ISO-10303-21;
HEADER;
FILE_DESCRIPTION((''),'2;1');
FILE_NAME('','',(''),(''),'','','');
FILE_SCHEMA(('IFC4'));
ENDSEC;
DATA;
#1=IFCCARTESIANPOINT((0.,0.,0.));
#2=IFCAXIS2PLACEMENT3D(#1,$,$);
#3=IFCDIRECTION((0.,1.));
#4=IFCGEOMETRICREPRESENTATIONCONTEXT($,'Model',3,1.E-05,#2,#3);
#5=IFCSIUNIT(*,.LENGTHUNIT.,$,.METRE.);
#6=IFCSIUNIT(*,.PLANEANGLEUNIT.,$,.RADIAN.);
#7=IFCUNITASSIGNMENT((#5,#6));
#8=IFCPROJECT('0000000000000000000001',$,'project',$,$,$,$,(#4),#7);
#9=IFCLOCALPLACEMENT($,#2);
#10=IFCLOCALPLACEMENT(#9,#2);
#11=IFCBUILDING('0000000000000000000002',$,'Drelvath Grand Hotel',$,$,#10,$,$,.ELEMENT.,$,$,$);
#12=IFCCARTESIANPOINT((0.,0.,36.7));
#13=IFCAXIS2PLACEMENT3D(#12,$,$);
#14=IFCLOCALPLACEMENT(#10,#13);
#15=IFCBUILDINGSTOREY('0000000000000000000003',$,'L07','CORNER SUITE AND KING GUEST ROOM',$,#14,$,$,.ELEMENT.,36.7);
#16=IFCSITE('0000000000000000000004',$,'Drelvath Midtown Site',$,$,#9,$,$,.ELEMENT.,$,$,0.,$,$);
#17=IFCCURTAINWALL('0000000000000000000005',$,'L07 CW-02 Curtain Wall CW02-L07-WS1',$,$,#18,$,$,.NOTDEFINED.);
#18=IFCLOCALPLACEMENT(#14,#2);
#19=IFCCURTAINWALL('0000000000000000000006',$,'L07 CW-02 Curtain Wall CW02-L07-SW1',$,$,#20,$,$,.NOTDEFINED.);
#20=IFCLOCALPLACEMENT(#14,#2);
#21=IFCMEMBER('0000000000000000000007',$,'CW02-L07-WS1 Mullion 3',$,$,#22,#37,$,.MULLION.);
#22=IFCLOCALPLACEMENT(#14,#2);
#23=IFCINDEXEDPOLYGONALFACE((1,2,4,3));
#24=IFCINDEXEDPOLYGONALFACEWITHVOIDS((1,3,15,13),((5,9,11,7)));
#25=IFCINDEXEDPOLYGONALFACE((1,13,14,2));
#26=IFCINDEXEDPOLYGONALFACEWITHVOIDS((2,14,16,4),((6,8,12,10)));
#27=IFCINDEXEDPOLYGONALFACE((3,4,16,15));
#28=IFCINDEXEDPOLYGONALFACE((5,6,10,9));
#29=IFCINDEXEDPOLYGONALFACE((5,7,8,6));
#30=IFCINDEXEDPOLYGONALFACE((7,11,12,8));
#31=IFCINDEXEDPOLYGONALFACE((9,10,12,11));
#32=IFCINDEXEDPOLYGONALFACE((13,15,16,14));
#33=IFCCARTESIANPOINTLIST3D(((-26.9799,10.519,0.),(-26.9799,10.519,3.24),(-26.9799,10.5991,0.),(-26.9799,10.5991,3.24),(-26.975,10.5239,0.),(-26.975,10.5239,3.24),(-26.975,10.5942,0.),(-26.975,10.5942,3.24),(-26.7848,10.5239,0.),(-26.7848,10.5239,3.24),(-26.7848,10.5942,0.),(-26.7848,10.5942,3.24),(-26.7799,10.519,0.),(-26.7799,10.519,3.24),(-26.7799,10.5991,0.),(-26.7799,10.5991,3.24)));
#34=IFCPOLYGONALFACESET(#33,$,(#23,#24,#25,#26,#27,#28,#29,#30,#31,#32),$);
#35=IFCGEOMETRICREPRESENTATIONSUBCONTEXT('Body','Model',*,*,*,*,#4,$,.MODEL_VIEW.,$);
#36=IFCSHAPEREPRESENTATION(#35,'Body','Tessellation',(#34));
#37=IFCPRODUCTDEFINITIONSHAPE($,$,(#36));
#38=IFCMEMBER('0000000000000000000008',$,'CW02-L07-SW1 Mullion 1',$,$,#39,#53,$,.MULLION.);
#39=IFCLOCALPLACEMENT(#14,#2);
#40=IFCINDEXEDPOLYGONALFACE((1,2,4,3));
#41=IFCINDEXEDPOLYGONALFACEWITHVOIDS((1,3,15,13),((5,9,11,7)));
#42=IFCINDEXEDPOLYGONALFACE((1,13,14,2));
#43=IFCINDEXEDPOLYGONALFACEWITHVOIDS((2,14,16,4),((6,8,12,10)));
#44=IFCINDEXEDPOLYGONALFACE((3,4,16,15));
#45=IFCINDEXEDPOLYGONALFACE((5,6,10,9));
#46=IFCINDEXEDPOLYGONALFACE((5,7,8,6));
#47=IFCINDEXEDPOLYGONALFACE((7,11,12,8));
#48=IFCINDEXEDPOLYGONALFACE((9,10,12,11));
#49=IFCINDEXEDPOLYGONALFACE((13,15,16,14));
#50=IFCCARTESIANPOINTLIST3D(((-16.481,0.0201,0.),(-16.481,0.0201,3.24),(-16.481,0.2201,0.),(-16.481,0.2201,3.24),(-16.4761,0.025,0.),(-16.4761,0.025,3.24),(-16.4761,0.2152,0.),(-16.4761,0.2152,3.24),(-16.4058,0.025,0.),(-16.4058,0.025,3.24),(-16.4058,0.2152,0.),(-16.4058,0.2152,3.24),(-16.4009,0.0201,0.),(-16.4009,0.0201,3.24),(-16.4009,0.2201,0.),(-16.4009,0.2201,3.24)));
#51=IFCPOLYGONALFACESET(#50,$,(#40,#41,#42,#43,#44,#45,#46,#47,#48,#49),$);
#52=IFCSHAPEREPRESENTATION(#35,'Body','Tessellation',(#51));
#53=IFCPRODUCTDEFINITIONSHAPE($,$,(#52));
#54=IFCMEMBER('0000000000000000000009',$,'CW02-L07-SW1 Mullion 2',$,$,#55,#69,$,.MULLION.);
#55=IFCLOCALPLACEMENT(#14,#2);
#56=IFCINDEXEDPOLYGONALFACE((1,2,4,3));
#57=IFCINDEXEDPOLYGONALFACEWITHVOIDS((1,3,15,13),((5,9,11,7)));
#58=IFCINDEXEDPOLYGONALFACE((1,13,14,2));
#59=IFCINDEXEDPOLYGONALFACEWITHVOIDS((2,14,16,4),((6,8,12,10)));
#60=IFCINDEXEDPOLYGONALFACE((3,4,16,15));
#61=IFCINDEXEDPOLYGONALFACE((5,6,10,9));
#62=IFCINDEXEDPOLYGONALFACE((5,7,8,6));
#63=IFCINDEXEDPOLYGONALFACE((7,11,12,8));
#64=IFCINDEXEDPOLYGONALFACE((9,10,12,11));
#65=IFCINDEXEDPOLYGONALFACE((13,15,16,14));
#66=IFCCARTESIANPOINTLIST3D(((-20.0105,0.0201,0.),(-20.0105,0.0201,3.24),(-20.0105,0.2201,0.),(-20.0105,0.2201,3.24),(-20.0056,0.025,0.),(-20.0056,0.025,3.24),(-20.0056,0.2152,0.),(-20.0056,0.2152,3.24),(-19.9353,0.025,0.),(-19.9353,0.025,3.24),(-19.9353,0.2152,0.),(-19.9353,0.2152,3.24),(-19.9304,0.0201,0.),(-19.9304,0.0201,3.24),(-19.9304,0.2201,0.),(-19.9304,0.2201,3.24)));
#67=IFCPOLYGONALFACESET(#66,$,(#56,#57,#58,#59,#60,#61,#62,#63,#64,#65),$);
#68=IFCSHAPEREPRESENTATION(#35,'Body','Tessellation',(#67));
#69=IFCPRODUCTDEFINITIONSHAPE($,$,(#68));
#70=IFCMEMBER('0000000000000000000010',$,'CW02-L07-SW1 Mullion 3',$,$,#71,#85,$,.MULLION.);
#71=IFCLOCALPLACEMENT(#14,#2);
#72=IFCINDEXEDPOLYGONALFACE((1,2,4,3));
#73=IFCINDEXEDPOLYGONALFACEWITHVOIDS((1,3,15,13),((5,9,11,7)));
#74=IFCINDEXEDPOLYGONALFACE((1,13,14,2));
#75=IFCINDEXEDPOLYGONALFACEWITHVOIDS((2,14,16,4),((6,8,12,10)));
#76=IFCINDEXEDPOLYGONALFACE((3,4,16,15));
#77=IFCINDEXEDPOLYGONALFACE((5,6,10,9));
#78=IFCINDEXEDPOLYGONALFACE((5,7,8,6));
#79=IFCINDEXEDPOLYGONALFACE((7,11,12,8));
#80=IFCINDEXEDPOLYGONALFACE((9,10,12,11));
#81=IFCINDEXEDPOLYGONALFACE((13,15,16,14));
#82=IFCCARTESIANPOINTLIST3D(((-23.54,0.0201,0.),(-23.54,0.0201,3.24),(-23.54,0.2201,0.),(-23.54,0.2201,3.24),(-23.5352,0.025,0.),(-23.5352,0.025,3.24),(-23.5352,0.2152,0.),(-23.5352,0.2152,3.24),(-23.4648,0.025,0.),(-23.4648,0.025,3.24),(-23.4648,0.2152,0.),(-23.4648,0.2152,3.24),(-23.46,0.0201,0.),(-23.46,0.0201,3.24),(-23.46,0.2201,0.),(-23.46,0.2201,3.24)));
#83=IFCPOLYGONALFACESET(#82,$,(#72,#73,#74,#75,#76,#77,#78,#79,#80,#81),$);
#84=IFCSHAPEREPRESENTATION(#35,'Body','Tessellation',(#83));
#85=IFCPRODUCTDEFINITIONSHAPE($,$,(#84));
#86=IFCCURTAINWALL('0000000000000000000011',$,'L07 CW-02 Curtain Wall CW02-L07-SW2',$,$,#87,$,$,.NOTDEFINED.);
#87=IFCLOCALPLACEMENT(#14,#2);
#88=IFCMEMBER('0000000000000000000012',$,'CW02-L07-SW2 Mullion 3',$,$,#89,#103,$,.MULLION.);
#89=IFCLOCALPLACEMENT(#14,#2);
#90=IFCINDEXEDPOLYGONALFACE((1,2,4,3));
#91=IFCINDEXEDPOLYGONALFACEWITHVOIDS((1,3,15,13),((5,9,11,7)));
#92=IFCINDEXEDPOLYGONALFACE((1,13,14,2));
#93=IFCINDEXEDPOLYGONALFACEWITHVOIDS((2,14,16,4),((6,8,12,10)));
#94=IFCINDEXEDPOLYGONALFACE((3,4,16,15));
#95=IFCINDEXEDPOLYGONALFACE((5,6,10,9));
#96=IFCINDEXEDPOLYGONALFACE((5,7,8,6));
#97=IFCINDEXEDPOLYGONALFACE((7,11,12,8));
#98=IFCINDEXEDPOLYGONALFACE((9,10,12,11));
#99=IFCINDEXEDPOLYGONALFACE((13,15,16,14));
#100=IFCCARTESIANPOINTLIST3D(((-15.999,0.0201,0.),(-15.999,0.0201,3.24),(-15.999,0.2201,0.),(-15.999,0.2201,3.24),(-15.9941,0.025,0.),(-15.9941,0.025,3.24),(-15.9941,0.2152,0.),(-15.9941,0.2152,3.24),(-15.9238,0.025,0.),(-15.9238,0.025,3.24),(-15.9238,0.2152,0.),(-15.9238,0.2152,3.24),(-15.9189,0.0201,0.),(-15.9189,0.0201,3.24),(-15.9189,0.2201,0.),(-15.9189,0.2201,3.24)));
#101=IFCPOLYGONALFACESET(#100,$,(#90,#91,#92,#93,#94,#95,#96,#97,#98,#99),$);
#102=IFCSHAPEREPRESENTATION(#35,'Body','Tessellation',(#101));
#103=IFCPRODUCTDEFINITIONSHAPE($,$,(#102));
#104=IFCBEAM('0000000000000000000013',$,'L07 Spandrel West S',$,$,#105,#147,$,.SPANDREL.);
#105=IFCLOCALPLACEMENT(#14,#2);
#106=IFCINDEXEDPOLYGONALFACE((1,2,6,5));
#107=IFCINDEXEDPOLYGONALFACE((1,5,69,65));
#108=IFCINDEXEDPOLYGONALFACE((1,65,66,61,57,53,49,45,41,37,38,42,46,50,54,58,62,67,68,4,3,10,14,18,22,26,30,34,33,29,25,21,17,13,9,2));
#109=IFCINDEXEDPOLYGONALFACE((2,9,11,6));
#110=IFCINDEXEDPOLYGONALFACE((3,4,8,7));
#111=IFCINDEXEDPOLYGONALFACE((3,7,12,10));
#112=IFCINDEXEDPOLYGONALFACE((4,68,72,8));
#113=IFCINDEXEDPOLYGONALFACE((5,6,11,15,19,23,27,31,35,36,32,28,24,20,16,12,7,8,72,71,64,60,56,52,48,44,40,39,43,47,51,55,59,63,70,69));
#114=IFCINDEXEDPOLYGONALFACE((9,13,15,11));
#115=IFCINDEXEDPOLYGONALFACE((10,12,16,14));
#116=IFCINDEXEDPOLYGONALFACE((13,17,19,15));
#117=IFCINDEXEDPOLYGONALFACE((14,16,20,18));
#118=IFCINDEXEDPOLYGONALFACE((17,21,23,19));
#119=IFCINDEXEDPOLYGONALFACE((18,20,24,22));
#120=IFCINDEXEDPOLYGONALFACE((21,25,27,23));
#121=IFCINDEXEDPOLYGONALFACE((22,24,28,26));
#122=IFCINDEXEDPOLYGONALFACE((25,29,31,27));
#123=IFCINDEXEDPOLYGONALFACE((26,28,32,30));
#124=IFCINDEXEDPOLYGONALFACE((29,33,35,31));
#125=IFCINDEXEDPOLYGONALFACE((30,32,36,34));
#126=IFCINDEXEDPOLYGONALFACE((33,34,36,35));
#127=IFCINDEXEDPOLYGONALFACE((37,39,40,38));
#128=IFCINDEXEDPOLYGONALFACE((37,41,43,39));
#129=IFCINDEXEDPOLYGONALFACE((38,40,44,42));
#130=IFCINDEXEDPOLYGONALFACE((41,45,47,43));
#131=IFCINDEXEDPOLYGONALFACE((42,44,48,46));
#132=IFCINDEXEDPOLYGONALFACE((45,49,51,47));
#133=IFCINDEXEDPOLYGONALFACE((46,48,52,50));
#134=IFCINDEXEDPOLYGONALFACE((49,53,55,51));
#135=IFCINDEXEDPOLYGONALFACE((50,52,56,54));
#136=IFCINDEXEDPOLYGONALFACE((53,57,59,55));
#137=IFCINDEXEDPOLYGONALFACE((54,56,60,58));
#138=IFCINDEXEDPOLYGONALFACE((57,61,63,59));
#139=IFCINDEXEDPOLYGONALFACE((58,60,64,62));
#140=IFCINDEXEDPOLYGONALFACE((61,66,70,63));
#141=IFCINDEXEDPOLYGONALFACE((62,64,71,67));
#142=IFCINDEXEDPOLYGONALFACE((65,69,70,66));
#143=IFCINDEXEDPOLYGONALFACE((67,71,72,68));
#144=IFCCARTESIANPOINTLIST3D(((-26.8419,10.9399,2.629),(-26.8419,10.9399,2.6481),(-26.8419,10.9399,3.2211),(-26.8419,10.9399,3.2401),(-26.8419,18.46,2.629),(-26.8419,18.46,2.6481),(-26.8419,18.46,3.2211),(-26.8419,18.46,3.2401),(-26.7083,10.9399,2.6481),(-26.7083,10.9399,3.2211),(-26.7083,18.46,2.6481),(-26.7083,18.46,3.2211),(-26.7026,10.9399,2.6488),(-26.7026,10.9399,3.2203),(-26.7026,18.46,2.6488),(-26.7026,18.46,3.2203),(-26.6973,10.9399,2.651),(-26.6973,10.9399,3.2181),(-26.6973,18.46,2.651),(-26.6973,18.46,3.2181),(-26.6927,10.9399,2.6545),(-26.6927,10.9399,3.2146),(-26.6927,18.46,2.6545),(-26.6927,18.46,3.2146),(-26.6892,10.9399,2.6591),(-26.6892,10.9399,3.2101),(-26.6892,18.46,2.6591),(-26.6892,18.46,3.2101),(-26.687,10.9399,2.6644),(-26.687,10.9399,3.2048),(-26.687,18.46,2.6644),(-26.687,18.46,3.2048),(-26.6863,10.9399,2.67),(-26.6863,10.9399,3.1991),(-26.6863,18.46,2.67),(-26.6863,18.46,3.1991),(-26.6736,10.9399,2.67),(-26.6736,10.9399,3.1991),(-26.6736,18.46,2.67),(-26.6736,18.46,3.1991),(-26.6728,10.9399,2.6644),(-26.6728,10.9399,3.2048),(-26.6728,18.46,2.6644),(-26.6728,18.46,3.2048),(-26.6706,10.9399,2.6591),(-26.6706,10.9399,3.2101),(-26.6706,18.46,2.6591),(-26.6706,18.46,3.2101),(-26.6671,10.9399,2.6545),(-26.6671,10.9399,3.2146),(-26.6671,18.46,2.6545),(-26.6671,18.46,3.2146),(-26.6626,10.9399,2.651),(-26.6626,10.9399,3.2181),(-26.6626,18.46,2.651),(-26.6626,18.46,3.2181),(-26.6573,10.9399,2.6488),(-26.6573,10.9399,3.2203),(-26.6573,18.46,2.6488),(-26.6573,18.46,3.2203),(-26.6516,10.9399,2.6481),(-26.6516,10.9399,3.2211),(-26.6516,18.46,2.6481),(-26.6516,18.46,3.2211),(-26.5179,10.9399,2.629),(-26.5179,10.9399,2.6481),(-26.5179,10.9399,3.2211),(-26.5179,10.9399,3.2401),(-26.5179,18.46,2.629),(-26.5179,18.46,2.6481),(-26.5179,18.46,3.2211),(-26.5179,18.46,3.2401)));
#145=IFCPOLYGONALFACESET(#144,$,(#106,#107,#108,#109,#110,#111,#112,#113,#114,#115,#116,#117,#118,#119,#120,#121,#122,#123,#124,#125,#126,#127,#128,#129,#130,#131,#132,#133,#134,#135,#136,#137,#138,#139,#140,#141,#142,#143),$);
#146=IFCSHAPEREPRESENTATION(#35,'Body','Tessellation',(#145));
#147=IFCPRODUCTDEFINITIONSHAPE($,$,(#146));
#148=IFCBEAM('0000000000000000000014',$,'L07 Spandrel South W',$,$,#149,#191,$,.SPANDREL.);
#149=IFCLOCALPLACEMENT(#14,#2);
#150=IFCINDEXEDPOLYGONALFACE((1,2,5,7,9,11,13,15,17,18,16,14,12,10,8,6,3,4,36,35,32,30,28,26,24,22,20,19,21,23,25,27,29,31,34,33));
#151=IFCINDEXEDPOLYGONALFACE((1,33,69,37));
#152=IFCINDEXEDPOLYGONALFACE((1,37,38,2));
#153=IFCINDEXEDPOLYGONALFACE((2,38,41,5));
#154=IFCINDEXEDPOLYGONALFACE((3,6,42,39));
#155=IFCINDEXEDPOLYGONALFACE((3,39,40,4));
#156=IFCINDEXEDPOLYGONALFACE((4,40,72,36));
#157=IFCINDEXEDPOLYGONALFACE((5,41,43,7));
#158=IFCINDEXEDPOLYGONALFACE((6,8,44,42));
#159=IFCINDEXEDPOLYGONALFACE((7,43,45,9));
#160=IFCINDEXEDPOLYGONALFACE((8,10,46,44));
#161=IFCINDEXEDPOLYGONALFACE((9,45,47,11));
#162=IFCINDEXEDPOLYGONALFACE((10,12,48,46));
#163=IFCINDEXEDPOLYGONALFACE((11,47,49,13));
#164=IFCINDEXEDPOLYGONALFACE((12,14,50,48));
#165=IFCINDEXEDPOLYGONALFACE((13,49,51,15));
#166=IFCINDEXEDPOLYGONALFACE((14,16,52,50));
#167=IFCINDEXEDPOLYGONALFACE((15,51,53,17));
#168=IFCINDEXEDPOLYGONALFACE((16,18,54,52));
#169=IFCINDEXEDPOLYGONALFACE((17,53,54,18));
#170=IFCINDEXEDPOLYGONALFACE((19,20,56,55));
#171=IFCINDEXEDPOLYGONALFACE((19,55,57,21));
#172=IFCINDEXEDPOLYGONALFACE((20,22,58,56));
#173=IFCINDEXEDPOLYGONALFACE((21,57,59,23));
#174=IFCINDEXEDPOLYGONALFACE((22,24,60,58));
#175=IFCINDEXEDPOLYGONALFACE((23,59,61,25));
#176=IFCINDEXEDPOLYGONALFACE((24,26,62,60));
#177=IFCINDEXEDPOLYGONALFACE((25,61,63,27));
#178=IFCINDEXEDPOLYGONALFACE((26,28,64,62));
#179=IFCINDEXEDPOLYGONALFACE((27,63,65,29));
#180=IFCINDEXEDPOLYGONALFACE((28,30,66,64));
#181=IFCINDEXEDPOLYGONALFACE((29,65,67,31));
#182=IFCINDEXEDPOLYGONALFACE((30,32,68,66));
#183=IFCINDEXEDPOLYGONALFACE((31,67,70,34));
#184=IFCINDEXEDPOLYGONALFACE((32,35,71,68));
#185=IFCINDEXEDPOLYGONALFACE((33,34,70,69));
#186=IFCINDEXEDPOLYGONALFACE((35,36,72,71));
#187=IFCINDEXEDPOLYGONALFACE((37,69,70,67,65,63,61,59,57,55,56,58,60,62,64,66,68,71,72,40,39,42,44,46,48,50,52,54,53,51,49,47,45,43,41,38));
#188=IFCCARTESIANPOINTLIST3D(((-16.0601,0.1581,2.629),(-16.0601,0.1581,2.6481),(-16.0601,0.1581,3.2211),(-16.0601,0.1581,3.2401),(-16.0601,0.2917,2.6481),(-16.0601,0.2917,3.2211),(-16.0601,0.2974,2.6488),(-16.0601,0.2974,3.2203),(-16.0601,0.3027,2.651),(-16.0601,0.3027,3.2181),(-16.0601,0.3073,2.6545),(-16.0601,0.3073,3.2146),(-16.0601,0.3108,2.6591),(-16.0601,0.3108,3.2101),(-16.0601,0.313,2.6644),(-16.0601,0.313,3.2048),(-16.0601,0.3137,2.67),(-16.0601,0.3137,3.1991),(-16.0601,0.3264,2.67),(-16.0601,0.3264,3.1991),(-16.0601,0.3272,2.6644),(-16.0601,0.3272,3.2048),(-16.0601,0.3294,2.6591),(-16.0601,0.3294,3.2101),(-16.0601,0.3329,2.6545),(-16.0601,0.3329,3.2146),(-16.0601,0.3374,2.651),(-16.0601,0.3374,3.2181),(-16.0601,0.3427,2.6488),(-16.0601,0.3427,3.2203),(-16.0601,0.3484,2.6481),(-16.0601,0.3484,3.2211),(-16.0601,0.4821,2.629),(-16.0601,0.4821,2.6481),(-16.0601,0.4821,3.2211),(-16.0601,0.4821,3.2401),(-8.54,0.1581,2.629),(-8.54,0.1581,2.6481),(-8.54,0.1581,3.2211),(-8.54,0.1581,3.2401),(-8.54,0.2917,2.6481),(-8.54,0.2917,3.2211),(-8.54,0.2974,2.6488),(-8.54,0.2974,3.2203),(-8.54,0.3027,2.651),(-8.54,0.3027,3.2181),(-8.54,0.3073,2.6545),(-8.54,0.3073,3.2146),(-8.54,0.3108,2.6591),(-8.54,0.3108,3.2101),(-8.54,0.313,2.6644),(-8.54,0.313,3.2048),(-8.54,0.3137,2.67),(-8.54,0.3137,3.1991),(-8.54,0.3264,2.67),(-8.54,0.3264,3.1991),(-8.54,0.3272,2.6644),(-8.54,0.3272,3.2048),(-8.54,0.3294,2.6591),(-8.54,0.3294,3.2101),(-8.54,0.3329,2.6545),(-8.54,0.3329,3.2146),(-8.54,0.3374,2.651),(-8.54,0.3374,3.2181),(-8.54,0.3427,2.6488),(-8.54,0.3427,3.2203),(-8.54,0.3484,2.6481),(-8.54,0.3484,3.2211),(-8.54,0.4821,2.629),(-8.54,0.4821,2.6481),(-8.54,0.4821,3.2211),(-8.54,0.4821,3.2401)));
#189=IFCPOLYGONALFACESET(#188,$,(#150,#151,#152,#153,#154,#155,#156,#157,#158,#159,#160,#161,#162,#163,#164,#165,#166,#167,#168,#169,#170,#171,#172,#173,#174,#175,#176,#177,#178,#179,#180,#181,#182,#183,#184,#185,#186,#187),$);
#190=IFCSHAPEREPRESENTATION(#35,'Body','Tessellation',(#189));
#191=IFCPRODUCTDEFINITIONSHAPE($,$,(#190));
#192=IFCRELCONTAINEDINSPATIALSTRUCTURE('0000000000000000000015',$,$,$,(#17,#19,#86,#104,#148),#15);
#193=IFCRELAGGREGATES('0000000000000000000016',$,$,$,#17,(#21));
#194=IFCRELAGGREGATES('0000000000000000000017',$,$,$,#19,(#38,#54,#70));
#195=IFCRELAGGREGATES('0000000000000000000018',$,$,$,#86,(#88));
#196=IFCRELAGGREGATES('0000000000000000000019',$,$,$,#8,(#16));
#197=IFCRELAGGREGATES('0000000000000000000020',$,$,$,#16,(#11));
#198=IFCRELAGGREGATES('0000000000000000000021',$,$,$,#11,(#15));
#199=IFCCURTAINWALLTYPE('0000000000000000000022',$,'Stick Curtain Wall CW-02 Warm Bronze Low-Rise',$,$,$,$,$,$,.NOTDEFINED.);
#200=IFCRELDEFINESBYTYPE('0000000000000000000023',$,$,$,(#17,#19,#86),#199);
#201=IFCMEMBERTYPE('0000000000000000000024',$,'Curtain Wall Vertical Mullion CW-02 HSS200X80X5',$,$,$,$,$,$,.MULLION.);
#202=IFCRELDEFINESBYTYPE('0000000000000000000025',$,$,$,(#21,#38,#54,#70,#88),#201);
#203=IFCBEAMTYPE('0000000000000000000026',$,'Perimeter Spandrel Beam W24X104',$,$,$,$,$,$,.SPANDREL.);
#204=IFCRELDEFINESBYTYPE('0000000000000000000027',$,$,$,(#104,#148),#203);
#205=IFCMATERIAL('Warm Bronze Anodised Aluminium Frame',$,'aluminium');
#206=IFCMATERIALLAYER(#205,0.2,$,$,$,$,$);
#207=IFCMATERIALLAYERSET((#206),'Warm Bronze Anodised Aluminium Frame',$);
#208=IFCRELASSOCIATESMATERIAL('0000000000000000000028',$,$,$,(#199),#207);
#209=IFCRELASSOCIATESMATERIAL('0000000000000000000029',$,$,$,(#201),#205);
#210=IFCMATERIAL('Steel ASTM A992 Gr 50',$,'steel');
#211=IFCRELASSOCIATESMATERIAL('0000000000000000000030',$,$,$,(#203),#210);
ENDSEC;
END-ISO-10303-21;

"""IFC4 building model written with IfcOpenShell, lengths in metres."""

from ifc_helpers import new_model, si_unit, direction, frame, origin, origin_2d, place, context, subcontext, project, spatial, hollow_rectangle, i_section, extrude, material, layer, layer_set, material_profile, profile_set, type_object, element, aggregate, save


model = new_model("IFC4")

# Units and contexts
model_context = context("Model", 3, precision=1e-05, world=origin(), true_north=direction((0.0, 1.0)))
body_context = subcontext(model_context, "Body", "Model", "MODEL_VIEW")
ifc_project = project(units=[si_unit("LENGTHUNIT", "METRE"), si_unit("PLANEANGLEUNIT", "RADIAN")], contexts=[model_context])

# Site, building, storey
site_placement = place(None, origin())
site = spatial("IfcSite", under=ifc_project, at=site_placement, Name="Drelvath Midtown Site", CompositionType="ELEMENT", RefElevation=0.0)
building_placement = place(site_placement, origin())
building = spatial("IfcBuilding", under=site, at=building_placement, Name="Drelvath Grand Hotel", CompositionType="ELEMENT")
storey_placement = place(building_placement, frame((0.0, 0.0, 36.7)))
storey = spatial("IfcBuildingStorey", under=building, at=storey_placement, Name="L07", Description="CORNER SUITE AND KING GUEST ROOM", CompositionType="ELEMENT", Elevation=36.7)

# Curtain walls
ifc_material_1 = material(Name="Warm Bronze Anodised Aluminium Frame", Category="aluminium")
ifc_layer_1 = layer(ifc_material_1, 0.2)
ifc_layer_set_1 = layer_set([ifc_layer_1], Name="Warm Bronze Anodised Aluminium Frame")
curtain_wall_type = type_object("IfcCurtainWallType", Name="Stick Curtain Wall CW-02 Warm Bronze Low-Rise", PredefinedType="NOTDEFINED", material=ifc_layer_set_1)
curtain_wall_1_placement = place(storey_placement, origin())
curtain_wall_1 = element("IfcCurtainWall", 1, at=curtain_wall_1_placement, inside=storey, type_object=curtain_wall_type, Name="L07 CW-02 Curtain Wall CW02-L07-WS1", PredefinedType="NOTDEFINED")
curtain_wall_2_placement = place(storey_placement, origin())
curtain_wall_2 = element("IfcCurtainWall", 2, at=curtain_wall_2_placement, inside=storey, type_object=curtain_wall_type, Name="L07 CW-02 Curtain Wall CW02-L07-SW1", PredefinedType="NOTDEFINED")

# Members
ifc_material_profile_1 = material_profile(ifc_material_1, hollow_rectangle(XDim=0.0801, YDim=0.2, WallThickness=0.0049, at=origin_2d()), Name="HSS200X80X5")
ifc_profile_set_1 = profile_set([ifc_material_profile_1], Name="Warm Bronze Anodised Aluminium Frame")
member_type_1 = type_object("IfcMemberType", Name="Curtain Wall Vertical Mullion CW-02 HSS200X80X5", PredefinedType="MULLION", material=ifc_profile_set_1)
member_1_placement = place(storey_placement, frame((-26.8799, 10.5591, 0.0), z_axis=(0.0, 0.0, 1.0), x_axis=(0.0, 1.0, 0.0)))
member_1 = element("IfcMember", 3, at=member_1_placement, type_object=member_type_1, Name="CW02-L07-WS1 Mullion 3", PredefinedType="MULLION", context=body_context, shape_type="SweptSolid", body=[
    extrude(hollow_rectangle(XDim=0.0801, YDim=0.2, WallThickness=0.0049, at=origin_2d()), origin(), (0.0, 0.0, 1.0), 3.24),
])
member_2_placement = place(storey_placement, frame((-16.4409, 0.1201, 0.0), z_axis=(0.0, 0.0, 1.0), x_axis=(1.0, 0.0, 0.0)))
member_2 = element("IfcMember", 4, at=member_2_placement, type_object=member_type_1, Name="CW02-L07-SW1 Mullion 1", PredefinedType="MULLION", context=body_context, shape_type="SweptSolid", body=[
    extrude(hollow_rectangle(XDim=0.0801, YDim=0.2, WallThickness=0.0049, at=origin_2d()), origin(), (0.0, 0.0, 1.0), 3.24),
])
member_3_placement = place(storey_placement, frame((-19.9705, 0.1201, 0.0), z_axis=(0.0, 0.0, 1.0), x_axis=(1.0, 0.0, 0.0)))
member_3 = element("IfcMember", 5, at=member_3_placement, type_object=member_type_1, Name="CW02-L07-SW1 Mullion 2", PredefinedType="MULLION", context=body_context, shape_type="SweptSolid", body=[
    extrude(hollow_rectangle(XDim=0.0801, YDim=0.2, WallThickness=0.0049, at=origin_2d()), origin(), (0.0, 0.0, 1.0), 3.24),
])
member_4_placement = place(storey_placement, frame((-23.5, 0.1201, 0.0), z_axis=(0.0, 0.0, 1.0), x_axis=(1.0, 0.0, 0.0)))
member_4 = element("IfcMember", 6, at=member_4_placement, type_object=member_type_1, Name="CW02-L07-SW1 Mullion 3", PredefinedType="MULLION", context=body_context, shape_type="SweptSolid", body=[
    extrude(hollow_rectangle(XDim=0.0801, YDim=0.2, WallThickness=0.0049, at=origin_2d()), origin(), (0.0, 0.0, 1.0), 3.24),
])

# Curtain wall, member
curtain_wall_3_placement = place(storey_placement, origin())
curtain_wall_3 = element("IfcCurtainWall", 7, at=curtain_wall_3_placement, inside=storey, type_object=curtain_wall_type, Name="L07 CW-02 Curtain Wall CW02-L07-SW2", PredefinedType="NOTDEFINED")
member_5_placement = place(storey_placement, frame((-15.959, 0.1201, 0.0), z_axis=(0.0, 0.0, 1.0), x_axis=(1.0, 0.0, 0.0)))
member_5 = element("IfcMember", 8, at=member_5_placement, type_object=member_type_1, Name="CW02-L07-SW2 Mullion 3", PredefinedType="MULLION", context=body_context, shape_type="SweptSolid", body=[
    extrude(hollow_rectangle(XDim=0.0801, YDim=0.2, WallThickness=0.0049, at=origin_2d()), origin(), (0.0, 0.0, 1.0), 3.24),
])

# Beams
ifc_material_2 = material(Name="Steel ASTM A992 Gr 50", Category="steel")
ifc_material_profile_2 = material_profile(ifc_material_2, i_section(OverallWidth=0.324, OverallDepth=0.6111, WebThickness=0.0127, FlangeThickness=0.019, FilletRadius=0.022, at=origin_2d()), Name="W24X104")
ifc_profile_set_2 = profile_set([ifc_material_profile_2], Name="Steel ASTM A992 Gr 50")
beam_type_1 = type_object("IfcBeamType", Name="Perimeter Spandrel Beam W24X104", PredefinedType="SPANDREL", material=ifc_profile_set_2)
for number, where, z_axis, x_axis, name in (
    (9, (-26.6799, 10.9399, 2.9346), (0.0, 1.0, 0.0), (-1.0, 0.0, 0.0), "L07 Spandrel West S"),
    (10, (-16.0601, 0.3201, 2.9346), (1.0, 0.0, 0.0), (0.0, 1.0, 0.0), "L07 Spandrel South W"),
):
    element("IfcBeam", number, at=place(storey_placement, frame(where, z_axis=z_axis, x_axis=x_axis)), inside=storey, type_object=beam_type_1, Name=name, PredefinedType="SPANDREL", context=body_context, shape_type="SweptSolid", body=[
        extrude(i_section(OverallWidth=0.324, OverallDepth=0.6111, WebThickness=0.0127, FlangeThickness=0.019, FilletRadius=0.022, at=origin_2d()), origin(), (0.0, 0.0, 1.0), 7.52),
    ])

aggregate(curtain_wall_1, [member_1])
aggregate(curtain_wall_2, [member_2, member_3, member_4])
aggregate(curtain_wall_3, [member_5])

save(model, "model.ifc")
